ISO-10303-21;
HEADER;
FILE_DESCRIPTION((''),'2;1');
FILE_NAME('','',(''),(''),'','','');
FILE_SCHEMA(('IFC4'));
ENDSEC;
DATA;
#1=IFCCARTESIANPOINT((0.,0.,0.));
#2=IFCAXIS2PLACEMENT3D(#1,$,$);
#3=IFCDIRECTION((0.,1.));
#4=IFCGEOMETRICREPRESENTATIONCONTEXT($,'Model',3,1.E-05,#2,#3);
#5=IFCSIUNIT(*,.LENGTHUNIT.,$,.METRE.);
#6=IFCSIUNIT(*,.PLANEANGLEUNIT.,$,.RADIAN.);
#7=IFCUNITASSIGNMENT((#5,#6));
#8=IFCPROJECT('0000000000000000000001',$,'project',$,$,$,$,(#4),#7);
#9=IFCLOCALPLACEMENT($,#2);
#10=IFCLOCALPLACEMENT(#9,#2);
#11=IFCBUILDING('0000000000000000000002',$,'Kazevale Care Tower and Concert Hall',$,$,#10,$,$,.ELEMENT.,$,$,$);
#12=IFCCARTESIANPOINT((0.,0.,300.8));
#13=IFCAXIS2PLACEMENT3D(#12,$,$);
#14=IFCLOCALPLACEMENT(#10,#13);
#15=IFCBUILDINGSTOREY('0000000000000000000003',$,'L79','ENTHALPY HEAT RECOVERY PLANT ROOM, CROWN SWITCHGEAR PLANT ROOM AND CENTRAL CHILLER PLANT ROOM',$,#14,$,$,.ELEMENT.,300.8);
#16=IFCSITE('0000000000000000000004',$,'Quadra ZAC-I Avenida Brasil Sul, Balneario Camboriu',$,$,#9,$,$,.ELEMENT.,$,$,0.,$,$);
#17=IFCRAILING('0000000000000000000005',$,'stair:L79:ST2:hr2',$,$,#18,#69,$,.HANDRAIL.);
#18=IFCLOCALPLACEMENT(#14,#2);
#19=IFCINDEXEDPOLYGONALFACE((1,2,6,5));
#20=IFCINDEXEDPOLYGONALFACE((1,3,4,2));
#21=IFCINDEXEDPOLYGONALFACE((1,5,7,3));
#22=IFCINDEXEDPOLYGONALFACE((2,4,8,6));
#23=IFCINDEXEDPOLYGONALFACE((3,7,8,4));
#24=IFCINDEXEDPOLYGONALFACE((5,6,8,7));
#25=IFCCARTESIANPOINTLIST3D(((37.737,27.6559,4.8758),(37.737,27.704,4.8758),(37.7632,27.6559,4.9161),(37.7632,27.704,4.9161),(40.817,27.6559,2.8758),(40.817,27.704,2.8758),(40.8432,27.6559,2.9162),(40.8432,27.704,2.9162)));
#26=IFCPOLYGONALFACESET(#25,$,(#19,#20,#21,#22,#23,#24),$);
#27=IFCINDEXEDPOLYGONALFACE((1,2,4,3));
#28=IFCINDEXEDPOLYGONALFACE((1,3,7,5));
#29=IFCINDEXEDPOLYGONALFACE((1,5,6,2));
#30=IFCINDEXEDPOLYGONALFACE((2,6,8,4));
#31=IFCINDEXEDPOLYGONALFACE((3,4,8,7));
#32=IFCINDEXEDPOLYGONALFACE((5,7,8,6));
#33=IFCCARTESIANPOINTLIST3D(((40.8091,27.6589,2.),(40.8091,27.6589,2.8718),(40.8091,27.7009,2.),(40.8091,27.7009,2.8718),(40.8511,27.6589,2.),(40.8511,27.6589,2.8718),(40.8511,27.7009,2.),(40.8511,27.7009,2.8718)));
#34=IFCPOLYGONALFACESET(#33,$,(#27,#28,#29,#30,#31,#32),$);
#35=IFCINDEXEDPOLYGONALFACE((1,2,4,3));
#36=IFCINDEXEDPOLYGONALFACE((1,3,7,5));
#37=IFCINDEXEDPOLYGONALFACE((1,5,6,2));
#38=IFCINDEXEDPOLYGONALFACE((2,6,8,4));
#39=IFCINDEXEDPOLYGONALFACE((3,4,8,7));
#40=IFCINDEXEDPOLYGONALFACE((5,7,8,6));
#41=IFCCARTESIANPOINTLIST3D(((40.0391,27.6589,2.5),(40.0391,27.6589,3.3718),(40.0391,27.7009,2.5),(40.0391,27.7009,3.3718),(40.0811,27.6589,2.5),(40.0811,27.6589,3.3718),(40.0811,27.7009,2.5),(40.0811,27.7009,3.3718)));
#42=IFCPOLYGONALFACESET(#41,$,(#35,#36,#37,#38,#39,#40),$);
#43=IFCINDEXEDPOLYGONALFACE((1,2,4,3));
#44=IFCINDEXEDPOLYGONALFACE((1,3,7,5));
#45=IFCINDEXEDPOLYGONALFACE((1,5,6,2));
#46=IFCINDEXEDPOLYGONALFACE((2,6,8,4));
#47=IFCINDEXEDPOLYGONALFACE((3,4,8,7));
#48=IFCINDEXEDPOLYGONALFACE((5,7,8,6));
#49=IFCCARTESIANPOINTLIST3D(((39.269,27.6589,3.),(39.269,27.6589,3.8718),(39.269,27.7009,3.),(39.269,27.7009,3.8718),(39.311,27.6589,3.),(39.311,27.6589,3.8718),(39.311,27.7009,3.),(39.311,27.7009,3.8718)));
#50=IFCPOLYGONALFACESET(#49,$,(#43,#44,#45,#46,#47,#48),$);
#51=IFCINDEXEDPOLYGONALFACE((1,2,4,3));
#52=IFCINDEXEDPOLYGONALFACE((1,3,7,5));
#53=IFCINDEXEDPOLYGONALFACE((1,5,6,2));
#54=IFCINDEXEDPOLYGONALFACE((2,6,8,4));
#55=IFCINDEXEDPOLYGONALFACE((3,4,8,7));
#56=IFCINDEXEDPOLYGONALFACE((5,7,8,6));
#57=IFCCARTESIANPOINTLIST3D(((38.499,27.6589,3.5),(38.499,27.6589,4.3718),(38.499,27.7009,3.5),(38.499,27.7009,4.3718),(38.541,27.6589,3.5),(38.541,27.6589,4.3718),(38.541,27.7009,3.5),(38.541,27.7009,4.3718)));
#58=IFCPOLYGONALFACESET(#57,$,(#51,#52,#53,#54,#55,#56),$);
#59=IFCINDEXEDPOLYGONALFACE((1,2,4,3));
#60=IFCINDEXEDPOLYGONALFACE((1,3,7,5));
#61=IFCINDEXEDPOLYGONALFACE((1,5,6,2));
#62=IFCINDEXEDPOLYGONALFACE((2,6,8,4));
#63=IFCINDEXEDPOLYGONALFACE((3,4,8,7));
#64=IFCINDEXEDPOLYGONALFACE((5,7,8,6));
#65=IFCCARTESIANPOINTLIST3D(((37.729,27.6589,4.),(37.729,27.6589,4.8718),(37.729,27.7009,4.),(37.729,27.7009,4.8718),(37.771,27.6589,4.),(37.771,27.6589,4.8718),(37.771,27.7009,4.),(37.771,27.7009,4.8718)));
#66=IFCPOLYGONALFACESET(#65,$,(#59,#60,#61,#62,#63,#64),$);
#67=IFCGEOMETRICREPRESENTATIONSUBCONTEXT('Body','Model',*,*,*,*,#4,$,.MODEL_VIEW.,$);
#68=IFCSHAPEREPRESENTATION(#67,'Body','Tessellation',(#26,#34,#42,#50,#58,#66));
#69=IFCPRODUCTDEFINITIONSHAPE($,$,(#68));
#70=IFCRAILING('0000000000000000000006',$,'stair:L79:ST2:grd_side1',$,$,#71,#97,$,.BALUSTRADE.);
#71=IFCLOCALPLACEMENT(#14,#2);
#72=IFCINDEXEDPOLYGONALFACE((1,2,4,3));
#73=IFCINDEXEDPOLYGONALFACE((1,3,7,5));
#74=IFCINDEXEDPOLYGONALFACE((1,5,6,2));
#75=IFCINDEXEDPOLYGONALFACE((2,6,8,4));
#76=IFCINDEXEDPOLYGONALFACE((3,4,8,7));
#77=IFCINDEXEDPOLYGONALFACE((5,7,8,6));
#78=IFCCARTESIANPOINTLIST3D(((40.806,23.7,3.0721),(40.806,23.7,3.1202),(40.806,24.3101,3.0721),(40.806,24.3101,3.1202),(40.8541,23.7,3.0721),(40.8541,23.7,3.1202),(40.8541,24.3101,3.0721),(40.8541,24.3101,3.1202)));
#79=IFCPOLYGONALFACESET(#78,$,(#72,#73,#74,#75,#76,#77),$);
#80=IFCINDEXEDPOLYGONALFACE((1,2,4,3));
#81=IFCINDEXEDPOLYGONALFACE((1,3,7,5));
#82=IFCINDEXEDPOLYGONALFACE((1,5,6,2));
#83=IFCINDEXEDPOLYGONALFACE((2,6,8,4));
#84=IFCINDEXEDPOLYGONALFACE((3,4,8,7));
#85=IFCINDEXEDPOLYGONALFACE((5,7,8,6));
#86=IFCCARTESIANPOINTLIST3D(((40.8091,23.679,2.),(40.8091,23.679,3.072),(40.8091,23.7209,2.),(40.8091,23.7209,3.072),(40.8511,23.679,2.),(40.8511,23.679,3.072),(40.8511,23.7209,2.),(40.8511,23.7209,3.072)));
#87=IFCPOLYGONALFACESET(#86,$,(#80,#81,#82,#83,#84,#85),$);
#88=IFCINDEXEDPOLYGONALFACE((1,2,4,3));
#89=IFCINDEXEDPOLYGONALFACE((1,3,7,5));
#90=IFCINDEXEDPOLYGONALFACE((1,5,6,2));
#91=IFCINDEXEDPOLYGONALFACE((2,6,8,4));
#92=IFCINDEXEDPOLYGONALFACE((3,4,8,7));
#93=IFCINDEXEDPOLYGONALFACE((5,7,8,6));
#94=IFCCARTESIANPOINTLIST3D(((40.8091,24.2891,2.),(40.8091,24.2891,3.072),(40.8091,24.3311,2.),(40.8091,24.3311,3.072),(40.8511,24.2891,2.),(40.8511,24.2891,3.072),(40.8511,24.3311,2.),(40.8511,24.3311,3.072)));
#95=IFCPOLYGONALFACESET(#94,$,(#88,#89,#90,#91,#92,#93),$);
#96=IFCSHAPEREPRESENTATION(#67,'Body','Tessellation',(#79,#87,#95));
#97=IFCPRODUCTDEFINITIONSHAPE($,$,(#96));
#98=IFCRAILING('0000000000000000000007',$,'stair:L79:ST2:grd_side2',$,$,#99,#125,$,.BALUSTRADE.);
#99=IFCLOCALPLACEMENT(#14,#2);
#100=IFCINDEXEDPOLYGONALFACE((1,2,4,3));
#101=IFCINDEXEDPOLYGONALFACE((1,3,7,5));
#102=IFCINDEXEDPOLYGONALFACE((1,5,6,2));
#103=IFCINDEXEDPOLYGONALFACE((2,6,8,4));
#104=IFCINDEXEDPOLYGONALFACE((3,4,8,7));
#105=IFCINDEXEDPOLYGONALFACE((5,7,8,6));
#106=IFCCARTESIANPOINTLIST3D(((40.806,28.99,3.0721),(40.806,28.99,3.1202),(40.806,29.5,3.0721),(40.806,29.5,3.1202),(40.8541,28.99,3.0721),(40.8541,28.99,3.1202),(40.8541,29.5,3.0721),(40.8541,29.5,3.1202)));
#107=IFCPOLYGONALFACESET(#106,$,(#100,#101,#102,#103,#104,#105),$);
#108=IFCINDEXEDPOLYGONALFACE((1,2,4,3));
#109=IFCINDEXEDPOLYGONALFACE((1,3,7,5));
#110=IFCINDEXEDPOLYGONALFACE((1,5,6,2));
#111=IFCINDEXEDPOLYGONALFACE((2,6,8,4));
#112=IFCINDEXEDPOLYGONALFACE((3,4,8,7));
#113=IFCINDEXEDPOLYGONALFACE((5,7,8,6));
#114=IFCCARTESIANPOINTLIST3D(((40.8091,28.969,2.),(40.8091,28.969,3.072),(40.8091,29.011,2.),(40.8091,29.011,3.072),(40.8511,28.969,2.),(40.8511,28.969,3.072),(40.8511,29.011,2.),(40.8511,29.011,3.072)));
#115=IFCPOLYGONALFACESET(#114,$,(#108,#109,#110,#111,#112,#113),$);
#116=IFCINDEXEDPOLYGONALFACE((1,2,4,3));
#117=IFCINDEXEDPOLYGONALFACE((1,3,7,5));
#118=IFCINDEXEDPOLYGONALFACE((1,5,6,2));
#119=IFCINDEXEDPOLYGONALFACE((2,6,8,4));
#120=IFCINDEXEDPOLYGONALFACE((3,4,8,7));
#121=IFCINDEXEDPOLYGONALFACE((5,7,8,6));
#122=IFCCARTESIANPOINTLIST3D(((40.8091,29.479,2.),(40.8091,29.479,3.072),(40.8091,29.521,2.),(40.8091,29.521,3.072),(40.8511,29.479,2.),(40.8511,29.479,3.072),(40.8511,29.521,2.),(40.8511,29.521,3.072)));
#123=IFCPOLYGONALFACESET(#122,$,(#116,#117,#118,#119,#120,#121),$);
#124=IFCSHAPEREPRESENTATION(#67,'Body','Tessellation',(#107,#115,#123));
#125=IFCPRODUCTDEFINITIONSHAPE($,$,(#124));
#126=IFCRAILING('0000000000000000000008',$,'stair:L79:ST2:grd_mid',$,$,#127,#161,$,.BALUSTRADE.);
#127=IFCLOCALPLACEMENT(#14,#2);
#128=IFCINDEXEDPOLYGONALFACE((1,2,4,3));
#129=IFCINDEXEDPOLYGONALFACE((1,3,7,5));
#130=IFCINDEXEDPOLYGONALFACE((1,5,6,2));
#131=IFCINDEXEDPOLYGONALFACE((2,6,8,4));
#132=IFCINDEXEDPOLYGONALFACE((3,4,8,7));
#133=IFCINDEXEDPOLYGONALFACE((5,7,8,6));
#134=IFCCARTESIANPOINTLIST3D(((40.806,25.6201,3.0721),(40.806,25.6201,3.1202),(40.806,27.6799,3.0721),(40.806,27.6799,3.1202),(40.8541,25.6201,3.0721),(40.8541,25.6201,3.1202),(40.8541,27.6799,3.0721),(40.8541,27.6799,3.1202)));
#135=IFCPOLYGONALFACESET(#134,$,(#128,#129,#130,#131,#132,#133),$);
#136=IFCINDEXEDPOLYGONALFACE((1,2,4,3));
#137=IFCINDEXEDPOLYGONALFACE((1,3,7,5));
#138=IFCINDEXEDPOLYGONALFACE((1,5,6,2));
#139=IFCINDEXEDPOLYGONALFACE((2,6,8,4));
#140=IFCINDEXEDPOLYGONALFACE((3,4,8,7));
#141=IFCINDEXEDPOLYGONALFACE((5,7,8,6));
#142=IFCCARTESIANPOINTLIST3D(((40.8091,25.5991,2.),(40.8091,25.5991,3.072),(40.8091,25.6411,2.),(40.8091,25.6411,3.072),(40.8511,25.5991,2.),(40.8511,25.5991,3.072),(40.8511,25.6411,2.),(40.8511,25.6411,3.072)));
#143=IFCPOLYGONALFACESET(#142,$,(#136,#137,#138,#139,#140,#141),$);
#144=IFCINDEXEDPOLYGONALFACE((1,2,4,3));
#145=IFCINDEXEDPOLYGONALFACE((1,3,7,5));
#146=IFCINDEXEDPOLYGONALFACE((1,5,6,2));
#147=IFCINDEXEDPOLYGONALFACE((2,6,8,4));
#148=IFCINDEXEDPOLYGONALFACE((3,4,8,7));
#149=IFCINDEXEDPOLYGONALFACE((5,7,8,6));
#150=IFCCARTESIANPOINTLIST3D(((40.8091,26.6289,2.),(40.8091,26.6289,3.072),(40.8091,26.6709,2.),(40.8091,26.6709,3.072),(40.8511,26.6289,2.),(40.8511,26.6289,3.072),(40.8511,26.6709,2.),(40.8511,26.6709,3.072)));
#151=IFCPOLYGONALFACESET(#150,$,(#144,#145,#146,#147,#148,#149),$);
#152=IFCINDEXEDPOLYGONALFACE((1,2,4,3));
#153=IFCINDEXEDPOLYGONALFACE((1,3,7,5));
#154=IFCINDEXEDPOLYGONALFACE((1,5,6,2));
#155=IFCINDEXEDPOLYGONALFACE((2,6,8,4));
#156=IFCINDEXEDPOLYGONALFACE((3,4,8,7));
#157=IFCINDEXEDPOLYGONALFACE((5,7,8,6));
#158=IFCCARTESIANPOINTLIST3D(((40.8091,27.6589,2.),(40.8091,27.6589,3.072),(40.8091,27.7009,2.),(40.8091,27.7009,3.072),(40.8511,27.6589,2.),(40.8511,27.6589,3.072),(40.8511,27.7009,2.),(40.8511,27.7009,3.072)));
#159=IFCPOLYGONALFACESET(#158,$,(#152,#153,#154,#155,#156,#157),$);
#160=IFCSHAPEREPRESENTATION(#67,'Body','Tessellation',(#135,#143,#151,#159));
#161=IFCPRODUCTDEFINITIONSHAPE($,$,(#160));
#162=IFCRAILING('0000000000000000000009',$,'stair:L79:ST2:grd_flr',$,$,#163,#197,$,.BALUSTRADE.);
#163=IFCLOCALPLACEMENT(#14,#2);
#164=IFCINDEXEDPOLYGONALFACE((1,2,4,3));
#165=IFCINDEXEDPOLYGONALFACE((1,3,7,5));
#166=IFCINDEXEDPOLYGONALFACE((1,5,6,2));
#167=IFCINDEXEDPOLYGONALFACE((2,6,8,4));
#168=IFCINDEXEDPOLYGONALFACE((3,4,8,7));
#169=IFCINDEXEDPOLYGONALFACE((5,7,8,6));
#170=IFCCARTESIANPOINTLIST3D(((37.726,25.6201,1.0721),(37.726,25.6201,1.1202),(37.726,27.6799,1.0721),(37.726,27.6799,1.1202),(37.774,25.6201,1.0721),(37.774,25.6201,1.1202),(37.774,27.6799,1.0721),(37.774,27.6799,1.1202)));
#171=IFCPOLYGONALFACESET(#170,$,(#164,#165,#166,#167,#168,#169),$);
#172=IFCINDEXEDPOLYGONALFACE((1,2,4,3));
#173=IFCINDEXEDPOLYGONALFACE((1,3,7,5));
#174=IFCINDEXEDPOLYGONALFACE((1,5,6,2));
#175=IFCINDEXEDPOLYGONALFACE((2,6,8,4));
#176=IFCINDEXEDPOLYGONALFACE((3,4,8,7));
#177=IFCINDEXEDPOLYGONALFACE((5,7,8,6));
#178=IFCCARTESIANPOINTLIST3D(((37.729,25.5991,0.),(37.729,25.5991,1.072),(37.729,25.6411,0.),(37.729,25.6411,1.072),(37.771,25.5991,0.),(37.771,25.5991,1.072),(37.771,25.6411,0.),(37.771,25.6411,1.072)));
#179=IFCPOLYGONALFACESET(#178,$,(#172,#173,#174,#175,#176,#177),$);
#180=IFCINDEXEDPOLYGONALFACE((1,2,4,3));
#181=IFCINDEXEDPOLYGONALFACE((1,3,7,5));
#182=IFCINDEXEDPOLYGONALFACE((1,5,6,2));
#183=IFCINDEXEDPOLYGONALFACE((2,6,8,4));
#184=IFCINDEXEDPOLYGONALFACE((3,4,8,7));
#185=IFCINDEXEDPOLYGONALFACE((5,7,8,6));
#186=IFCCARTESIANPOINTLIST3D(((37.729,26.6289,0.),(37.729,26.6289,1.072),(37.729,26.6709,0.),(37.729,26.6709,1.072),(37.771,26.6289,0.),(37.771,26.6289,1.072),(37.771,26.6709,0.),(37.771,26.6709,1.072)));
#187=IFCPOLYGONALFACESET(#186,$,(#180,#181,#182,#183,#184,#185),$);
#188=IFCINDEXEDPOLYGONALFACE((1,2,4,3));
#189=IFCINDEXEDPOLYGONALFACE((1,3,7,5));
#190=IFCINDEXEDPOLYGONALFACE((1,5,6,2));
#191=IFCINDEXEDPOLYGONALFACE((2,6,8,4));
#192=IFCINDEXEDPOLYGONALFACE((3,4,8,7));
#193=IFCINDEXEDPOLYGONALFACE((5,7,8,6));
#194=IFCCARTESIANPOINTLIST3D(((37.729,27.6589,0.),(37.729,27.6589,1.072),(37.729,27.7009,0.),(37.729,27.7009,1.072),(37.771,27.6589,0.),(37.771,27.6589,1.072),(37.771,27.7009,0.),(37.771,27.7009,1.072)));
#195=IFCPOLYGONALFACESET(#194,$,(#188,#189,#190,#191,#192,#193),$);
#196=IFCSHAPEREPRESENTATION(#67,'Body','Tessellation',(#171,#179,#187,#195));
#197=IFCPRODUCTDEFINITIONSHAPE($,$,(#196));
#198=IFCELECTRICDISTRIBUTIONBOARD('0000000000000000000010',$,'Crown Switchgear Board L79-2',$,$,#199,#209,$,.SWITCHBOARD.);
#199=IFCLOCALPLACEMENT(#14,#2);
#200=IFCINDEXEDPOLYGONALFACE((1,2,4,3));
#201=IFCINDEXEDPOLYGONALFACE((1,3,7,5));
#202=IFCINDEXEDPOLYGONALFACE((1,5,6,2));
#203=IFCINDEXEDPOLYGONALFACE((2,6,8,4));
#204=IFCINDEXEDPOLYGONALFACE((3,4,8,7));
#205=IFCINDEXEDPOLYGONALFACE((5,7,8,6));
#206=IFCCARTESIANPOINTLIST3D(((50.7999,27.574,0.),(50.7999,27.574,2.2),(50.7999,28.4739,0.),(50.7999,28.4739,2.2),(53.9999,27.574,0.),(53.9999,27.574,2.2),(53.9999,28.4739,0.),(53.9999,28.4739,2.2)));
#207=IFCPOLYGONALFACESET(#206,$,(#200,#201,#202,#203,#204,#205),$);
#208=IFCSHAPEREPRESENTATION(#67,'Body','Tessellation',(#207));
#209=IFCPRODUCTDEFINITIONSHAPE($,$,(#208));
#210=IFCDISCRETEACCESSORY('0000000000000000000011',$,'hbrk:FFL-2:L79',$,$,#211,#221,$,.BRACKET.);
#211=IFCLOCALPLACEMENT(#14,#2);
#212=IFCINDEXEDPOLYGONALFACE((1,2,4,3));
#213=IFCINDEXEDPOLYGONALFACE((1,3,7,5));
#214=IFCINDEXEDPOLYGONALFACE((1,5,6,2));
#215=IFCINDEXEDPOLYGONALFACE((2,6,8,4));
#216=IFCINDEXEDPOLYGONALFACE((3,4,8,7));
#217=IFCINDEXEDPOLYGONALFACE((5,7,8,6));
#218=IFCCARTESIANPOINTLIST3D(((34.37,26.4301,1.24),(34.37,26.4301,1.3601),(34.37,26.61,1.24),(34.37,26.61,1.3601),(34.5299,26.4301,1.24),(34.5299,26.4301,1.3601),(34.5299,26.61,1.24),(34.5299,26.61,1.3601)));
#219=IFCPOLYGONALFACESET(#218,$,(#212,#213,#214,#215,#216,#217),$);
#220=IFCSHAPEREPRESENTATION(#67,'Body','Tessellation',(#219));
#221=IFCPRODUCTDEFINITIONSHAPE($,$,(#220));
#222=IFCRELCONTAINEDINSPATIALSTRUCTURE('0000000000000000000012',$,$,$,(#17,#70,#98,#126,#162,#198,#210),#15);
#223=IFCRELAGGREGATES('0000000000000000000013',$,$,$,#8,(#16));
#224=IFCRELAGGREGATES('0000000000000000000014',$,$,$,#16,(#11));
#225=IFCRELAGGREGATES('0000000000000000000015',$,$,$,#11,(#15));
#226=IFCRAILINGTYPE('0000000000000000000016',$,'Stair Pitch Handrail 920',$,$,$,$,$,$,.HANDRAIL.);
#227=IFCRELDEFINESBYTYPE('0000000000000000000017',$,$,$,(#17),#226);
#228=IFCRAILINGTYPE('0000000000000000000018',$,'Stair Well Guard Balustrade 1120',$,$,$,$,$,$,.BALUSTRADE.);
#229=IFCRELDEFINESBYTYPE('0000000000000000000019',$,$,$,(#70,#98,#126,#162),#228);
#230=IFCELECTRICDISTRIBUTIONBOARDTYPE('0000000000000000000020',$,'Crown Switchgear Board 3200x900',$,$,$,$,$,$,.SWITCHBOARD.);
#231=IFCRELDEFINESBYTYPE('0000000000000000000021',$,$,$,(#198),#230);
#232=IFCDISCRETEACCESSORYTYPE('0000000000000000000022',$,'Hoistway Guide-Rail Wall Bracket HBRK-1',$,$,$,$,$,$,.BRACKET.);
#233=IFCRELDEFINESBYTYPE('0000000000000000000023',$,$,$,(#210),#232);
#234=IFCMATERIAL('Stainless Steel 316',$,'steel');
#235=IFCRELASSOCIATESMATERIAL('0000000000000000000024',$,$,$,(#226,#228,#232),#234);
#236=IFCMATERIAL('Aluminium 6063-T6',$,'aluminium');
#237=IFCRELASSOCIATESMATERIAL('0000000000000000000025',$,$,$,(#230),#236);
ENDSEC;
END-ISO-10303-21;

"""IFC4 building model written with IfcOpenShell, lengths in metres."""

from ifc_helpers import new_model, si_unit, direction, frame, origin, origin_2d, place, context, subcontext, project, spatial, rectangle, extrude, material, type_object, element, save


model = new_model("IFC4")

# Units and contexts
model_context = context("Model", 3, precision=1e-05, world=origin(), true_north=direction((0.0, 1.0)))
body_context = subcontext(model_context, "Body", "Model", "MODEL_VIEW")
ifc_project = project(units=[si_unit("LENGTHUNIT", "METRE"), si_unit("PLANEANGLEUNIT", "RADIAN")], contexts=[model_context])

# Site, building, storey
site_placement = place(None, origin())
site = spatial("IfcSite", under=ifc_project, at=site_placement, Name="Quadra ZAC-I Avenida Brasil Sul, Balneario Camboriu", CompositionType="ELEMENT", RefElevation=0.0)
building_placement = place(site_placement, origin())
building = spatial("IfcBuilding", under=site, at=building_placement, Name="Kazevale Care Tower and Concert Hall", CompositionType="ELEMENT")
storey_placement = place(building_placement, frame((0.0, 0.0, 300.8)))
storey = spatial("IfcBuildingStorey", under=building, at=storey_placement, Name="L79", Description="ENTHALPY HEAT RECOVERY PLANT ROOM, CROWN SWITCHGEAR PLANT ROOM AND CENTRAL CHILLER PLANT ROOM", CompositionType="ELEMENT", Elevation=300.8)

# Shared definitions
ifc_material_1 = material(Name="Aluminium 6063-T6", Category="aluminium")

# Railings
ifc_material_2 = material(Name="Stainless Steel 316", Category="steel")
railing_type_1 = type_object("IfcRailingType", Name="Stair Pitch Handrail 920", PredefinedType="HANDRAIL", material=ifc_material_2)
railing_1_placement = place(storey_placement, frame((40.8301, 27.6799, 2.0)))
element("IfcRailing", 1, at=railing_1_placement, inside=storey, type_object=railing_type_1, Name="stair:L79:ST2:hr2", PredefinedType="HANDRAIL", context=body_context, shape_type="SweptSolid", body=[
    extrude(rectangle(XDim=0.0481, YDim=0.0481, at=origin_2d()), frame((0.0, 0.0, 0.896), z_axis=(-0.838699, 0.0, 0.544596), x_axis=(0.0, -1.0, 0.0)), (0.0, 0.0, 1.0), 3.6724),
    extrude(rectangle(XDim=0.042, YDim=0.042, at=origin_2d()), origin(), (0.0, 0.0, 1.0), 0.8718),
    extrude(rectangle(XDim=0.042, YDim=0.042, at=origin_2d()), frame((-0.77, 0.0, 0.5)), (0.0, 0.0, 1.0), 0.8718),
    extrude(rectangle(XDim=0.042, YDim=0.042, at=origin_2d()), frame((-1.54, 0.0, 1.0)), (0.0, 0.0, 1.0), 0.8718),
    extrude(rectangle(XDim=0.042, YDim=0.042, at=origin_2d()), frame((-2.3101, 0.0, 1.5)), (0.0, 0.0, 1.0), 0.8718),
    extrude(rectangle(XDim=0.042, YDim=0.042, at=origin_2d()), frame((-3.0801, 0.0, 2.0)), (0.0, 0.0, 1.0), 0.8718),
])
railing_type_2 = type_object("IfcRailingType", Name="Stair Well Guard Balustrade 1120", PredefinedType="BALUSTRADE", material=ifc_material_2)
railing_2_placement = place(storey_placement, frame((40.8301, 23.7, 2.0)))
element("IfcRailing", 2, at=railing_2_placement, inside=storey, type_object=railing_type_2, Name="stair:L79:ST2:grd_side1", PredefinedType="BALUSTRADE", context=body_context, shape_type="SweptSolid", body=[
    extrude(rectangle(XDim=0.0481, YDim=0.0481, at=origin_2d()), frame((0.0, 0.0, 1.0962), z_axis=(0.0, 1.0, 0.0), x_axis=(-1.0, 0.0, 0.0)), (0.0, 0.0, 1.0), 0.6101),
    extrude(rectangle(XDim=0.042, YDim=0.042, at=origin_2d()), origin(), (0.0, 0.0, 1.0), 1.072),
    extrude(rectangle(XDim=0.042, YDim=0.042, at=origin_2d()), frame((0.0, 0.6101, 0.0)), (0.0, 0.0, 1.0), 1.072),
])
railing_3_placement = place(storey_placement, frame((40.8301, 28.99, 2.0)))
element("IfcRailing", 3, at=railing_3_placement, inside=storey, type_object=railing_type_2, Name="stair:L79:ST2:grd_side2", PredefinedType="BALUSTRADE", context=body_context, shape_type="SweptSolid", body=[
    extrude(rectangle(XDim=0.0481, YDim=0.0481, at=origin_2d()), frame((0.0, 0.0, 1.0962), z_axis=(0.0, 1.0, 0.0), x_axis=(-1.0, 0.0, 0.0)), (0.0, 0.0, 1.0), 0.51),
    extrude(rectangle(XDim=0.042, YDim=0.042, at=origin_2d()), origin(), (0.0, 0.0, 1.0), 1.072),
    extrude(rectangle(XDim=0.042, YDim=0.042, at=origin_2d()), frame((0.0, 0.51, 0.0)), (0.0, 0.0, 1.0), 1.072),
])
for number, where, name in (
    (4, (40.8301, 25.6201, 2.0), "stair:L79:ST2:grd_mid"),
    (5, (37.75, 25.6201, 0.0), "stair:L79:ST2:grd_flr"),
):
    element("IfcRailing", number, at=place(storey_placement, frame(where)), inside=storey, type_object=railing_type_2, Name=name, PredefinedType="BALUSTRADE", context=body_context, shape_type="SweptSolid", body=[
        extrude(rectangle(XDim=0.0481, YDim=0.0481, at=origin_2d()), frame((0.0, 0.0, 1.0962), z_axis=(0.0, 1.0, 0.0), x_axis=(-1.0, 0.0, 0.0)), (0.0, 0.0, 1.0), 2.0598),
        extrude(rectangle(XDim=0.042, YDim=0.042, at=origin_2d()), origin(), (0.0, 0.0, 1.0), 1.072),
        extrude(rectangle(XDim=0.042, YDim=0.042, at=origin_2d()), frame((0.0, 1.0298, 0.0)), (0.0, 0.0, 1.0), 1.072),
        extrude(rectangle(XDim=0.042, YDim=0.042, at=origin_2d()), frame((0.0, 2.0598, 0.0)), (0.0, 0.0, 1.0), 1.072),
    ])

# Electric distribution board
electric_distribution_board_type = type_object("IfcElectricDistributionBoardType", Name="Crown Switchgear Board 3200x900", PredefinedType="SWITCHBOARD", material=ifc_material_1)
electric_distribution_board_placement = place(storey_placement, frame((52.3999, 28.0239, 0.0), z_axis=(0.0, 0.0, 1.0), x_axis=(1.0, 0.0, 0.0)))
element("IfcElectricDistributionBoard", 6, at=electric_distribution_board_placement, inside=storey, type_object=electric_distribution_board_type, Name="Crown Switchgear Board L79-2", PredefinedType="SWITCHBOARD", context=body_context, shape_type="SweptSolid", body=[
    extrude(rectangle(XDim=3.2, YDim=0.8999, at=origin_2d()), origin(), (0.0, 0.0, 1.0), 2.2),
])

# Discrete accessory
discrete_accessory_type = type_object("IfcDiscreteAccessoryType", Name="Hoistway Guide-Rail Wall Bracket HBRK-1", PredefinedType="BRACKET", material=ifc_material_2)
discrete_accessory_placement = place(storey_placement, frame((34.45, 26.52, 1.24), z_axis=(0.0, 0.0, 1.0), x_axis=(1.0, 0.0, 0.0)))
element("IfcDiscreteAccessory", 7, at=discrete_accessory_placement, inside=storey, type_object=discrete_accessory_type, Name="hbrk:FFL-2:L79", PredefinedType="BRACKET", context=body_context, shape_type="SweptSolid", body=[
    extrude(rectangle(XDim=0.1599, YDim=0.1799, at=origin_2d()), origin(), (0.0, 0.0, 1.0), 0.1201),
])

save(model, "model.ifc")
